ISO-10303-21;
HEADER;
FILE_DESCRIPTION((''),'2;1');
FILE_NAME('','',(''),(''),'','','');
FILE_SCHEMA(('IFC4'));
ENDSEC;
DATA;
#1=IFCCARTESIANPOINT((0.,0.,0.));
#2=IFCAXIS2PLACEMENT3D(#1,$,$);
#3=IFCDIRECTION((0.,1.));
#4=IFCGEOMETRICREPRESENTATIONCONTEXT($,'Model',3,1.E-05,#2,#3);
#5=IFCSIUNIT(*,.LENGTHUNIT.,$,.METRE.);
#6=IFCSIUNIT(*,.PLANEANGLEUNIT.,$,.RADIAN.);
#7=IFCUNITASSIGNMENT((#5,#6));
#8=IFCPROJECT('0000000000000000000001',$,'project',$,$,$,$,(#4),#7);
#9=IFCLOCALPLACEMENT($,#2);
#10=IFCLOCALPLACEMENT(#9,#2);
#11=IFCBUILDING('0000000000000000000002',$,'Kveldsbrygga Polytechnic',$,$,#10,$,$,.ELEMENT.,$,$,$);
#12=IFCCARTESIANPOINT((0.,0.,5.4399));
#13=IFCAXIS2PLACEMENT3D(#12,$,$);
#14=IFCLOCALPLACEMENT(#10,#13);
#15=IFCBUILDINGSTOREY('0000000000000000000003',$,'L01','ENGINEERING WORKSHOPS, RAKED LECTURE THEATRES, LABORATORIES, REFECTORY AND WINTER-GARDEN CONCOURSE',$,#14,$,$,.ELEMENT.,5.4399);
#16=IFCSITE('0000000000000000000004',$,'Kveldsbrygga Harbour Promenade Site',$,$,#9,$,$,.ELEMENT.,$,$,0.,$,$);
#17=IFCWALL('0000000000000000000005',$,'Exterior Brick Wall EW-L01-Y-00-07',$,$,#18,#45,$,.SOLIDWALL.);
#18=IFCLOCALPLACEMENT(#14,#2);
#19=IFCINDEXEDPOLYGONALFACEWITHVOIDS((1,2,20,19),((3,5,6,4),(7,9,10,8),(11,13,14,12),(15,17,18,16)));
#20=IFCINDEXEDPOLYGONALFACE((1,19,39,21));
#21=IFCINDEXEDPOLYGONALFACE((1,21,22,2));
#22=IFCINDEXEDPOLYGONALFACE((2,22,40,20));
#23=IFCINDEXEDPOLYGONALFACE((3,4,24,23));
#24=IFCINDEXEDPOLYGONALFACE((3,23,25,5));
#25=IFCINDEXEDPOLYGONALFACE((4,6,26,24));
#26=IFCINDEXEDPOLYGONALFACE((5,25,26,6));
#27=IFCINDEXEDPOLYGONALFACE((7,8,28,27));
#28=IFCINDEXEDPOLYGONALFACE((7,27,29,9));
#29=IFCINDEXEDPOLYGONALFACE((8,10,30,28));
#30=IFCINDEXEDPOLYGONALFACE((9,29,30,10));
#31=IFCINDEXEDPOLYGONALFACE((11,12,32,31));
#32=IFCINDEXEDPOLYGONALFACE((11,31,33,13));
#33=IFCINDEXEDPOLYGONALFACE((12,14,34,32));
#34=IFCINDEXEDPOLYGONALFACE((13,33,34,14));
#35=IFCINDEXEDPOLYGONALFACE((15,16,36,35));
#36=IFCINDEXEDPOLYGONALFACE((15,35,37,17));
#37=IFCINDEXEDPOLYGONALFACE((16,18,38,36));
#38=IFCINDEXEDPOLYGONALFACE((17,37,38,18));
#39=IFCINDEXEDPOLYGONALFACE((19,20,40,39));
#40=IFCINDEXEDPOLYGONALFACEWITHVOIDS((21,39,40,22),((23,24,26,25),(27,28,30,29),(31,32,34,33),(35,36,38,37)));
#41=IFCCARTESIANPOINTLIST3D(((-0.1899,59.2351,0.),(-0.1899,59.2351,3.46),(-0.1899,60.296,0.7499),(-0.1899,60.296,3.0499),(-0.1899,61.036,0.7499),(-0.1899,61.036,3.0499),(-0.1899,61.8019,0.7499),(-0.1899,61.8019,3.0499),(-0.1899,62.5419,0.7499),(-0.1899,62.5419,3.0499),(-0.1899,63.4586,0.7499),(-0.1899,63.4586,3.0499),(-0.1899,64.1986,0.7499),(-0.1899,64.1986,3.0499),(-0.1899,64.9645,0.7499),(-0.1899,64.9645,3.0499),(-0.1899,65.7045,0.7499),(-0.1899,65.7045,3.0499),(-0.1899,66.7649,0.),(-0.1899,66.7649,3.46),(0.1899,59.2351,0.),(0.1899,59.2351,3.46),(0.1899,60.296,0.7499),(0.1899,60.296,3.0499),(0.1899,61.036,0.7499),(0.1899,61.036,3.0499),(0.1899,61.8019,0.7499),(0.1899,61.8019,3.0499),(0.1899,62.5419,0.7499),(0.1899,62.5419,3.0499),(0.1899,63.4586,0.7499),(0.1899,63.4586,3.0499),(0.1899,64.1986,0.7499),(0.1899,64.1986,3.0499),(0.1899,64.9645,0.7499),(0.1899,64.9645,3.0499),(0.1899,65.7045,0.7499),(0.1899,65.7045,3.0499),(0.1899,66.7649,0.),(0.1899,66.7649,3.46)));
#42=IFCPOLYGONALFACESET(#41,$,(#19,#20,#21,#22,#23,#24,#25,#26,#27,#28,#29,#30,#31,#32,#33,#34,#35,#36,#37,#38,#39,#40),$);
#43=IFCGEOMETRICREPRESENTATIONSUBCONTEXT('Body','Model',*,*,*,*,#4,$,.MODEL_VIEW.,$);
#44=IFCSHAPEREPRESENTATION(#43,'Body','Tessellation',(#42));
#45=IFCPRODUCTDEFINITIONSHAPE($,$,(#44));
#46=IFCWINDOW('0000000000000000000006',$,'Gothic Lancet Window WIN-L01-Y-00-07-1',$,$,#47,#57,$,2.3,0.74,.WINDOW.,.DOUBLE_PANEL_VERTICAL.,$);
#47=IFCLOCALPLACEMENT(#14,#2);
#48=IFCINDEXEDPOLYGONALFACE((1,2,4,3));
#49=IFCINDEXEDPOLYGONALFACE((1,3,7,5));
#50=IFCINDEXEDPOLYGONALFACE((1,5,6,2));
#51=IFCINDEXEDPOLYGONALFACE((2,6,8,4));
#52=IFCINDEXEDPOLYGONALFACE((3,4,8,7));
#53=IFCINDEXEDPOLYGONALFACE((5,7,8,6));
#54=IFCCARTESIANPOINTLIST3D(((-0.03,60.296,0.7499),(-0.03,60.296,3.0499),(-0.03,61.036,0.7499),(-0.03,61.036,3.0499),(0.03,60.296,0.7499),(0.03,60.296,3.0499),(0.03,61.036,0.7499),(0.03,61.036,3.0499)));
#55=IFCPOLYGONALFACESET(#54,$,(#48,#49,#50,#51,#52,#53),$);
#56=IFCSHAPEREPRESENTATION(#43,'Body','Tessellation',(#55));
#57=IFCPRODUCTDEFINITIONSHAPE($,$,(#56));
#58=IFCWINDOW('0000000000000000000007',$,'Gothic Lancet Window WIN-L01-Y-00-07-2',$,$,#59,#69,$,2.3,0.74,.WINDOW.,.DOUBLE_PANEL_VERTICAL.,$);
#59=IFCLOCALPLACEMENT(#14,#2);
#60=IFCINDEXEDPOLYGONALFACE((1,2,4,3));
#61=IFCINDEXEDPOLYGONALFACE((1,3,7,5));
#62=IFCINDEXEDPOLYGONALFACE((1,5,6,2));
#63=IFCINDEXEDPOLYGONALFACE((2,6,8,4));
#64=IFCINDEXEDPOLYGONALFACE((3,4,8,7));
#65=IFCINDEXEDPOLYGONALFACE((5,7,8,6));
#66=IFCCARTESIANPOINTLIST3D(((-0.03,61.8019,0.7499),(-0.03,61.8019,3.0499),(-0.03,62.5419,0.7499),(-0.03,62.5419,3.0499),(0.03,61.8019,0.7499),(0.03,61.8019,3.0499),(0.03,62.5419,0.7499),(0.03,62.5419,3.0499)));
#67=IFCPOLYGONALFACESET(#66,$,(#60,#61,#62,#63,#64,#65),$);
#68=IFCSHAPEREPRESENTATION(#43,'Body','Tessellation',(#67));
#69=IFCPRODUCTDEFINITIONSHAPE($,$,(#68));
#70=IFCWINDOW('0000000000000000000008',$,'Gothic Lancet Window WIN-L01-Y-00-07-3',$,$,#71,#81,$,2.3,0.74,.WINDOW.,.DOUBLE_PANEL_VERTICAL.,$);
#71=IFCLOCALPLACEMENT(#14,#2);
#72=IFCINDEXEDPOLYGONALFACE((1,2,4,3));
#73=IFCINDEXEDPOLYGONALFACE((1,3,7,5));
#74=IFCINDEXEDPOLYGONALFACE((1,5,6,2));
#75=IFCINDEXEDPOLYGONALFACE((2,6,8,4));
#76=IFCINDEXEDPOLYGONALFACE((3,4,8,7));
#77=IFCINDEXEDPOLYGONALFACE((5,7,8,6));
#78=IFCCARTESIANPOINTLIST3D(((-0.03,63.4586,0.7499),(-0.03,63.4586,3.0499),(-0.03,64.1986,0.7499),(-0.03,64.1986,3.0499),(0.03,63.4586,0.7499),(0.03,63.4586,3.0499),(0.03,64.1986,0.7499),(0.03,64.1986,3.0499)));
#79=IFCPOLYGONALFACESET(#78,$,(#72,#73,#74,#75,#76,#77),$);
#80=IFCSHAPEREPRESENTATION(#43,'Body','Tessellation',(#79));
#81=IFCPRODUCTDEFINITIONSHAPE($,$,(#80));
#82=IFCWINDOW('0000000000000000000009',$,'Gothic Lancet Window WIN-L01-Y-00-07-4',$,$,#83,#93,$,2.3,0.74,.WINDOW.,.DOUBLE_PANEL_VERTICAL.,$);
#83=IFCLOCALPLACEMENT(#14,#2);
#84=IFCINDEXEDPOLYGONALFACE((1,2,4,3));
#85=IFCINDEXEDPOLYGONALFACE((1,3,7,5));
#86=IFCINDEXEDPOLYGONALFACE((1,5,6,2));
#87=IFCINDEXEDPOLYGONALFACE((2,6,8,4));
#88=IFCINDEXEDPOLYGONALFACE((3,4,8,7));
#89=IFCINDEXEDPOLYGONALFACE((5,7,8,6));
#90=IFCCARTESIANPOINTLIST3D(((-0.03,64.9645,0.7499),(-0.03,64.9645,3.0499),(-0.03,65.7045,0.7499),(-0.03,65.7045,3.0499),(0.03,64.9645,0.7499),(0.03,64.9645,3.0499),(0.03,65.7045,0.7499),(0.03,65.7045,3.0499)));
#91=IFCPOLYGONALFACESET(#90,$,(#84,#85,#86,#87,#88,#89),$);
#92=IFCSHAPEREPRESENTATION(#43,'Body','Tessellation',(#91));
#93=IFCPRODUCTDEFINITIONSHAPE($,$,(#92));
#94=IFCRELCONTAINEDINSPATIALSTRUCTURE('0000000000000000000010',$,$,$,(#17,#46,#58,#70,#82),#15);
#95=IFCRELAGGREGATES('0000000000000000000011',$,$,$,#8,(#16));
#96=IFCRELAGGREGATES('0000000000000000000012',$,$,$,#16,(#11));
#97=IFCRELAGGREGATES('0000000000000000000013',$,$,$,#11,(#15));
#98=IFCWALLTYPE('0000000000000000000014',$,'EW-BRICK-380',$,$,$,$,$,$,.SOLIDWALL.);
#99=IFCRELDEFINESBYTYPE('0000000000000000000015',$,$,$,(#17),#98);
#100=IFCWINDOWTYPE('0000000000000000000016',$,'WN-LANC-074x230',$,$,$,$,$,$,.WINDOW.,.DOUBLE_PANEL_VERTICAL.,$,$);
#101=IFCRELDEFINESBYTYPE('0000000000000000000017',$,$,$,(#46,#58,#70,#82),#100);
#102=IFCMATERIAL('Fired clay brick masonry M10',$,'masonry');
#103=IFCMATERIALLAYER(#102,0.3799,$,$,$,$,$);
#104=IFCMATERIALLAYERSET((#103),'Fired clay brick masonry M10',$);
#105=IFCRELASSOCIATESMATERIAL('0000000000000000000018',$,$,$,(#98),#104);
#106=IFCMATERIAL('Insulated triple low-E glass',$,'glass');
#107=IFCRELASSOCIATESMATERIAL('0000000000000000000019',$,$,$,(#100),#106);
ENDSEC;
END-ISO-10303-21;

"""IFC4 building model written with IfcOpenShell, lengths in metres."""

from ifc_helpers import new_model, si_unit, direction, frame, frame_2d, origin, place, context, subcontext, project, spatial, rectangle, extrude, material, layer, layer_set, type_object, element, fill, save


model = new_model("IFC4")

# Units and contexts
model_context = context("Model", 3, precision=1e-05, world=origin(), true_north=direction((0.0, 1.0)))
body_context = subcontext(model_context, "Body", "Model", "MODEL_VIEW")
ifc_project = project(units=[si_unit("LENGTHUNIT", "METRE"), si_unit("PLANEANGLEUNIT", "RADIAN")], contexts=[model_context])

# Site, building, storey
site_placement = place(None, origin())
site = spatial("IfcSite", under=ifc_project, at=site_placement, Name="Kveldsbrygga Harbour Promenade Site", CompositionType="ELEMENT", RefElevation=0.0)
building_placement = place(site_placement, origin())
building = spatial("IfcBuilding", under=site, at=building_placement, Name="Kveldsbrygga Polytechnic", CompositionType="ELEMENT")
storey_placement = place(building_placement, frame((0.0, 0.0, 5.4399)))
storey = spatial("IfcBuildingStorey", under=building, at=storey_placement, Name="L01", Description="ENGINEERING WORKSHOPS, RAKED LECTURE THEATRES, LABORATORIES, REFECTORY AND WINTER-GARDEN CONCOURSE", CompositionType="ELEMENT", Elevation=5.4399)

# Wall, openings, windows
ifc_material_1 = material(Name="Fired clay brick masonry M10", Category="masonry")
ifc_layer_1 = layer(ifc_material_1, 0.3799)
ifc_layer_set_1 = layer_set([ifc_layer_1], Name="Fired clay brick masonry M10")
wall_type_1 = type_object("IfcWallType", Name="EW-BRICK-380", PredefinedType="SOLIDWALL", material=ifc_layer_set_1)
wall_1_placement = place(storey_placement, frame((0.0, 59.2351, 0.0), z_axis=(0.0, 0.0, 1.0), x_axis=(0.0, 1.0, 0.0)))
wall_1 = element("IfcWall", 1, at=wall_1_placement, inside=storey, type_object=wall_type_1, Name="Exterior Brick Wall EW-L01-Y-00-07", PredefinedType="SOLIDWALL", context=body_context, shape_type="SweptSolid", body=[
    extrude(rectangle(XDim=7.5298, YDim=0.3799, at=frame_2d((3.7649, 0.0))), origin(), (0.0, 0.0, 1.0), 3.46),
])
opening_1_placement = place(wall_1_placement, frame((1.0608, 0.0, 0.75)))
opening_1 = element("IfcOpeningElement", 2, at=opening_1_placement, cuts=wall_1, PredefinedType="OPENING", context=body_context, shape_type="SweptSolid", body=[
    extrude(rectangle(XDim=0.74, YDim=2.3, at=frame_2d((0.3701, 1.1499))), frame((0.0, 0.2, 0.0), z_axis=(0.0, -1.0, 0.0), x_axis=(1.0, 0.0, 0.0)), (0.0, 0.0, 1.0), 0.3999),
])
opening_2_placement = place(wall_1_placement, frame((2.5667, 0.0, 0.75)))
opening_2 = element("IfcOpeningElement", 3, at=opening_2_placement, cuts=wall_1, PredefinedType="OPENING", context=body_context, shape_type="SweptSolid", body=[
    extrude(rectangle(XDim=0.74, YDim=2.3, at=frame_2d((0.3701, 1.1499))), frame((0.0, 0.2, 0.0), z_axis=(0.0, -1.0, 0.0), x_axis=(1.0, 0.0, 0.0)), (0.0, 0.0, 1.0), 0.3999),
])
opening_3_placement = place(wall_1_placement, frame((4.2234, 0.0, 0.75)))
opening_3 = element("IfcOpeningElement", 4, at=opening_3_placement, cuts=wall_1, PredefinedType="OPENING", context=body_context, shape_type="SweptSolid", body=[
    extrude(rectangle(XDim=0.74, YDim=2.3, at=frame_2d((0.3701, 1.1499))), frame((0.0, 0.2, 0.0), z_axis=(0.0, -1.0, 0.0), x_axis=(1.0, 0.0, 0.0)), (0.0, 0.0, 1.0), 0.3999),
])
opening_4_placement = place(wall_1_placement, frame((5.7292, 0.0, 0.75)))
opening_4 = element("IfcOpeningElement", 5, at=opening_4_placement, cuts=wall_1, PredefinedType="OPENING", context=body_context, shape_type="SweptSolid", body=[
    extrude(rectangle(XDim=0.74, YDim=2.3, at=frame_2d((0.3701, 1.1499))), frame((0.0, 0.2, 0.0), z_axis=(0.0, -1.0, 0.0), x_axis=(1.0, 0.0, 0.0)), (0.0, 0.0, 1.0), 0.3999),
])
ifc_material_2 = material(Name="Insulated triple low-E glass", Category="glass")
window_type_1 = type_object("IfcWindowType", Name="WN-LANC-074x230", PartitioningType="DOUBLE_PANEL_VERTICAL", PredefinedType="WINDOW", material=ifc_material_2)
window_1_placement = place(opening_1_placement, origin())
window_1 = element("IfcWindow", 6, at=window_1_placement, inside=storey, type_object=window_type_1, Name="Gothic Lancet Window WIN-L01-Y-00-07-1", OverallHeight=2.3, OverallWidth=0.74, PartitioningType="DOUBLE_PANEL_VERTICAL", PredefinedType="WINDOW", context=body_context, shape_type="SweptSolid", body=[
    extrude(rectangle(XDim=0.74, YDim=2.3, at=frame_2d((0.3701, 1.1499))), frame((0.0, 0.03, 0.0), z_axis=(0.0, -1.0, 0.0), x_axis=(1.0, 0.0, 0.0)), (0.0, 0.0, 1.0), 0.0601),
])
fill(opening_1, window_1)
window_2_placement = place(opening_2_placement, origin())
window_2 = element("IfcWindow", 7, at=window_2_placement, inside=storey, type_object=window_type_1, Name="Gothic Lancet Window WIN-L01-Y-00-07-2", OverallHeight=2.3, OverallWidth=0.74, PartitioningType="DOUBLE_PANEL_VERTICAL", PredefinedType="WINDOW", context=body_context, shape_type="SweptSolid", body=[
    extrude(rectangle(XDim=0.74, YDim=2.3, at=frame_2d((0.3701, 1.1499))), frame((0.0, 0.03, 0.0), z_axis=(0.0, -1.0, 0.0), x_axis=(1.0, 0.0, 0.0)), (0.0, 0.0, 1.0), 0.0601),
])
fill(opening_2, window_2)
window_3_placement = place(opening_3_placement, origin())
window_3 = element("IfcWindow", 8, at=window_3_placement, inside=storey, type_object=window_type_1, Name="Gothic Lancet Window WIN-L01-Y-00-07-3", OverallHeight=2.3, OverallWidth=0.74, PartitioningType="DOUBLE_PANEL_VERTICAL", PredefinedType="WINDOW", context=body_context, shape_type="SweptSolid", body=[
    extrude(rectangle(XDim=0.74, YDim=2.3, at=frame_2d((0.3701, 1.1499))), frame((0.0, 0.03, 0.0), z_axis=(0.0, -1.0, 0.0), x_axis=(1.0, 0.0, 0.0)), (0.0, 0.0, 1.0), 0.0601),
])
fill(opening_3, window_3)
window_4_placement = place(opening_4_placement, origin())
window_4 = element("IfcWindow", 9, at=window_4_placement, inside=storey, type_object=window_type_1, Name="Gothic Lancet Window WIN-L01-Y-00-07-4", OverallHeight=2.3, OverallWidth=0.74, PartitioningType="DOUBLE_PANEL_VERTICAL", PredefinedType="WINDOW", context=body_context, shape_type="SweptSolid", body=[
    extrude(rectangle(XDim=0.74, YDim=2.3, at=frame_2d((0.3701, 1.1499))), frame((0.0, 0.03, 0.0), z_axis=(0.0, -1.0, 0.0), x_axis=(1.0, 0.0, 0.0)), (0.0, 0.0, 1.0), 0.0601),
])
fill(opening_4, window_4)

save(model, "model.ifc")
